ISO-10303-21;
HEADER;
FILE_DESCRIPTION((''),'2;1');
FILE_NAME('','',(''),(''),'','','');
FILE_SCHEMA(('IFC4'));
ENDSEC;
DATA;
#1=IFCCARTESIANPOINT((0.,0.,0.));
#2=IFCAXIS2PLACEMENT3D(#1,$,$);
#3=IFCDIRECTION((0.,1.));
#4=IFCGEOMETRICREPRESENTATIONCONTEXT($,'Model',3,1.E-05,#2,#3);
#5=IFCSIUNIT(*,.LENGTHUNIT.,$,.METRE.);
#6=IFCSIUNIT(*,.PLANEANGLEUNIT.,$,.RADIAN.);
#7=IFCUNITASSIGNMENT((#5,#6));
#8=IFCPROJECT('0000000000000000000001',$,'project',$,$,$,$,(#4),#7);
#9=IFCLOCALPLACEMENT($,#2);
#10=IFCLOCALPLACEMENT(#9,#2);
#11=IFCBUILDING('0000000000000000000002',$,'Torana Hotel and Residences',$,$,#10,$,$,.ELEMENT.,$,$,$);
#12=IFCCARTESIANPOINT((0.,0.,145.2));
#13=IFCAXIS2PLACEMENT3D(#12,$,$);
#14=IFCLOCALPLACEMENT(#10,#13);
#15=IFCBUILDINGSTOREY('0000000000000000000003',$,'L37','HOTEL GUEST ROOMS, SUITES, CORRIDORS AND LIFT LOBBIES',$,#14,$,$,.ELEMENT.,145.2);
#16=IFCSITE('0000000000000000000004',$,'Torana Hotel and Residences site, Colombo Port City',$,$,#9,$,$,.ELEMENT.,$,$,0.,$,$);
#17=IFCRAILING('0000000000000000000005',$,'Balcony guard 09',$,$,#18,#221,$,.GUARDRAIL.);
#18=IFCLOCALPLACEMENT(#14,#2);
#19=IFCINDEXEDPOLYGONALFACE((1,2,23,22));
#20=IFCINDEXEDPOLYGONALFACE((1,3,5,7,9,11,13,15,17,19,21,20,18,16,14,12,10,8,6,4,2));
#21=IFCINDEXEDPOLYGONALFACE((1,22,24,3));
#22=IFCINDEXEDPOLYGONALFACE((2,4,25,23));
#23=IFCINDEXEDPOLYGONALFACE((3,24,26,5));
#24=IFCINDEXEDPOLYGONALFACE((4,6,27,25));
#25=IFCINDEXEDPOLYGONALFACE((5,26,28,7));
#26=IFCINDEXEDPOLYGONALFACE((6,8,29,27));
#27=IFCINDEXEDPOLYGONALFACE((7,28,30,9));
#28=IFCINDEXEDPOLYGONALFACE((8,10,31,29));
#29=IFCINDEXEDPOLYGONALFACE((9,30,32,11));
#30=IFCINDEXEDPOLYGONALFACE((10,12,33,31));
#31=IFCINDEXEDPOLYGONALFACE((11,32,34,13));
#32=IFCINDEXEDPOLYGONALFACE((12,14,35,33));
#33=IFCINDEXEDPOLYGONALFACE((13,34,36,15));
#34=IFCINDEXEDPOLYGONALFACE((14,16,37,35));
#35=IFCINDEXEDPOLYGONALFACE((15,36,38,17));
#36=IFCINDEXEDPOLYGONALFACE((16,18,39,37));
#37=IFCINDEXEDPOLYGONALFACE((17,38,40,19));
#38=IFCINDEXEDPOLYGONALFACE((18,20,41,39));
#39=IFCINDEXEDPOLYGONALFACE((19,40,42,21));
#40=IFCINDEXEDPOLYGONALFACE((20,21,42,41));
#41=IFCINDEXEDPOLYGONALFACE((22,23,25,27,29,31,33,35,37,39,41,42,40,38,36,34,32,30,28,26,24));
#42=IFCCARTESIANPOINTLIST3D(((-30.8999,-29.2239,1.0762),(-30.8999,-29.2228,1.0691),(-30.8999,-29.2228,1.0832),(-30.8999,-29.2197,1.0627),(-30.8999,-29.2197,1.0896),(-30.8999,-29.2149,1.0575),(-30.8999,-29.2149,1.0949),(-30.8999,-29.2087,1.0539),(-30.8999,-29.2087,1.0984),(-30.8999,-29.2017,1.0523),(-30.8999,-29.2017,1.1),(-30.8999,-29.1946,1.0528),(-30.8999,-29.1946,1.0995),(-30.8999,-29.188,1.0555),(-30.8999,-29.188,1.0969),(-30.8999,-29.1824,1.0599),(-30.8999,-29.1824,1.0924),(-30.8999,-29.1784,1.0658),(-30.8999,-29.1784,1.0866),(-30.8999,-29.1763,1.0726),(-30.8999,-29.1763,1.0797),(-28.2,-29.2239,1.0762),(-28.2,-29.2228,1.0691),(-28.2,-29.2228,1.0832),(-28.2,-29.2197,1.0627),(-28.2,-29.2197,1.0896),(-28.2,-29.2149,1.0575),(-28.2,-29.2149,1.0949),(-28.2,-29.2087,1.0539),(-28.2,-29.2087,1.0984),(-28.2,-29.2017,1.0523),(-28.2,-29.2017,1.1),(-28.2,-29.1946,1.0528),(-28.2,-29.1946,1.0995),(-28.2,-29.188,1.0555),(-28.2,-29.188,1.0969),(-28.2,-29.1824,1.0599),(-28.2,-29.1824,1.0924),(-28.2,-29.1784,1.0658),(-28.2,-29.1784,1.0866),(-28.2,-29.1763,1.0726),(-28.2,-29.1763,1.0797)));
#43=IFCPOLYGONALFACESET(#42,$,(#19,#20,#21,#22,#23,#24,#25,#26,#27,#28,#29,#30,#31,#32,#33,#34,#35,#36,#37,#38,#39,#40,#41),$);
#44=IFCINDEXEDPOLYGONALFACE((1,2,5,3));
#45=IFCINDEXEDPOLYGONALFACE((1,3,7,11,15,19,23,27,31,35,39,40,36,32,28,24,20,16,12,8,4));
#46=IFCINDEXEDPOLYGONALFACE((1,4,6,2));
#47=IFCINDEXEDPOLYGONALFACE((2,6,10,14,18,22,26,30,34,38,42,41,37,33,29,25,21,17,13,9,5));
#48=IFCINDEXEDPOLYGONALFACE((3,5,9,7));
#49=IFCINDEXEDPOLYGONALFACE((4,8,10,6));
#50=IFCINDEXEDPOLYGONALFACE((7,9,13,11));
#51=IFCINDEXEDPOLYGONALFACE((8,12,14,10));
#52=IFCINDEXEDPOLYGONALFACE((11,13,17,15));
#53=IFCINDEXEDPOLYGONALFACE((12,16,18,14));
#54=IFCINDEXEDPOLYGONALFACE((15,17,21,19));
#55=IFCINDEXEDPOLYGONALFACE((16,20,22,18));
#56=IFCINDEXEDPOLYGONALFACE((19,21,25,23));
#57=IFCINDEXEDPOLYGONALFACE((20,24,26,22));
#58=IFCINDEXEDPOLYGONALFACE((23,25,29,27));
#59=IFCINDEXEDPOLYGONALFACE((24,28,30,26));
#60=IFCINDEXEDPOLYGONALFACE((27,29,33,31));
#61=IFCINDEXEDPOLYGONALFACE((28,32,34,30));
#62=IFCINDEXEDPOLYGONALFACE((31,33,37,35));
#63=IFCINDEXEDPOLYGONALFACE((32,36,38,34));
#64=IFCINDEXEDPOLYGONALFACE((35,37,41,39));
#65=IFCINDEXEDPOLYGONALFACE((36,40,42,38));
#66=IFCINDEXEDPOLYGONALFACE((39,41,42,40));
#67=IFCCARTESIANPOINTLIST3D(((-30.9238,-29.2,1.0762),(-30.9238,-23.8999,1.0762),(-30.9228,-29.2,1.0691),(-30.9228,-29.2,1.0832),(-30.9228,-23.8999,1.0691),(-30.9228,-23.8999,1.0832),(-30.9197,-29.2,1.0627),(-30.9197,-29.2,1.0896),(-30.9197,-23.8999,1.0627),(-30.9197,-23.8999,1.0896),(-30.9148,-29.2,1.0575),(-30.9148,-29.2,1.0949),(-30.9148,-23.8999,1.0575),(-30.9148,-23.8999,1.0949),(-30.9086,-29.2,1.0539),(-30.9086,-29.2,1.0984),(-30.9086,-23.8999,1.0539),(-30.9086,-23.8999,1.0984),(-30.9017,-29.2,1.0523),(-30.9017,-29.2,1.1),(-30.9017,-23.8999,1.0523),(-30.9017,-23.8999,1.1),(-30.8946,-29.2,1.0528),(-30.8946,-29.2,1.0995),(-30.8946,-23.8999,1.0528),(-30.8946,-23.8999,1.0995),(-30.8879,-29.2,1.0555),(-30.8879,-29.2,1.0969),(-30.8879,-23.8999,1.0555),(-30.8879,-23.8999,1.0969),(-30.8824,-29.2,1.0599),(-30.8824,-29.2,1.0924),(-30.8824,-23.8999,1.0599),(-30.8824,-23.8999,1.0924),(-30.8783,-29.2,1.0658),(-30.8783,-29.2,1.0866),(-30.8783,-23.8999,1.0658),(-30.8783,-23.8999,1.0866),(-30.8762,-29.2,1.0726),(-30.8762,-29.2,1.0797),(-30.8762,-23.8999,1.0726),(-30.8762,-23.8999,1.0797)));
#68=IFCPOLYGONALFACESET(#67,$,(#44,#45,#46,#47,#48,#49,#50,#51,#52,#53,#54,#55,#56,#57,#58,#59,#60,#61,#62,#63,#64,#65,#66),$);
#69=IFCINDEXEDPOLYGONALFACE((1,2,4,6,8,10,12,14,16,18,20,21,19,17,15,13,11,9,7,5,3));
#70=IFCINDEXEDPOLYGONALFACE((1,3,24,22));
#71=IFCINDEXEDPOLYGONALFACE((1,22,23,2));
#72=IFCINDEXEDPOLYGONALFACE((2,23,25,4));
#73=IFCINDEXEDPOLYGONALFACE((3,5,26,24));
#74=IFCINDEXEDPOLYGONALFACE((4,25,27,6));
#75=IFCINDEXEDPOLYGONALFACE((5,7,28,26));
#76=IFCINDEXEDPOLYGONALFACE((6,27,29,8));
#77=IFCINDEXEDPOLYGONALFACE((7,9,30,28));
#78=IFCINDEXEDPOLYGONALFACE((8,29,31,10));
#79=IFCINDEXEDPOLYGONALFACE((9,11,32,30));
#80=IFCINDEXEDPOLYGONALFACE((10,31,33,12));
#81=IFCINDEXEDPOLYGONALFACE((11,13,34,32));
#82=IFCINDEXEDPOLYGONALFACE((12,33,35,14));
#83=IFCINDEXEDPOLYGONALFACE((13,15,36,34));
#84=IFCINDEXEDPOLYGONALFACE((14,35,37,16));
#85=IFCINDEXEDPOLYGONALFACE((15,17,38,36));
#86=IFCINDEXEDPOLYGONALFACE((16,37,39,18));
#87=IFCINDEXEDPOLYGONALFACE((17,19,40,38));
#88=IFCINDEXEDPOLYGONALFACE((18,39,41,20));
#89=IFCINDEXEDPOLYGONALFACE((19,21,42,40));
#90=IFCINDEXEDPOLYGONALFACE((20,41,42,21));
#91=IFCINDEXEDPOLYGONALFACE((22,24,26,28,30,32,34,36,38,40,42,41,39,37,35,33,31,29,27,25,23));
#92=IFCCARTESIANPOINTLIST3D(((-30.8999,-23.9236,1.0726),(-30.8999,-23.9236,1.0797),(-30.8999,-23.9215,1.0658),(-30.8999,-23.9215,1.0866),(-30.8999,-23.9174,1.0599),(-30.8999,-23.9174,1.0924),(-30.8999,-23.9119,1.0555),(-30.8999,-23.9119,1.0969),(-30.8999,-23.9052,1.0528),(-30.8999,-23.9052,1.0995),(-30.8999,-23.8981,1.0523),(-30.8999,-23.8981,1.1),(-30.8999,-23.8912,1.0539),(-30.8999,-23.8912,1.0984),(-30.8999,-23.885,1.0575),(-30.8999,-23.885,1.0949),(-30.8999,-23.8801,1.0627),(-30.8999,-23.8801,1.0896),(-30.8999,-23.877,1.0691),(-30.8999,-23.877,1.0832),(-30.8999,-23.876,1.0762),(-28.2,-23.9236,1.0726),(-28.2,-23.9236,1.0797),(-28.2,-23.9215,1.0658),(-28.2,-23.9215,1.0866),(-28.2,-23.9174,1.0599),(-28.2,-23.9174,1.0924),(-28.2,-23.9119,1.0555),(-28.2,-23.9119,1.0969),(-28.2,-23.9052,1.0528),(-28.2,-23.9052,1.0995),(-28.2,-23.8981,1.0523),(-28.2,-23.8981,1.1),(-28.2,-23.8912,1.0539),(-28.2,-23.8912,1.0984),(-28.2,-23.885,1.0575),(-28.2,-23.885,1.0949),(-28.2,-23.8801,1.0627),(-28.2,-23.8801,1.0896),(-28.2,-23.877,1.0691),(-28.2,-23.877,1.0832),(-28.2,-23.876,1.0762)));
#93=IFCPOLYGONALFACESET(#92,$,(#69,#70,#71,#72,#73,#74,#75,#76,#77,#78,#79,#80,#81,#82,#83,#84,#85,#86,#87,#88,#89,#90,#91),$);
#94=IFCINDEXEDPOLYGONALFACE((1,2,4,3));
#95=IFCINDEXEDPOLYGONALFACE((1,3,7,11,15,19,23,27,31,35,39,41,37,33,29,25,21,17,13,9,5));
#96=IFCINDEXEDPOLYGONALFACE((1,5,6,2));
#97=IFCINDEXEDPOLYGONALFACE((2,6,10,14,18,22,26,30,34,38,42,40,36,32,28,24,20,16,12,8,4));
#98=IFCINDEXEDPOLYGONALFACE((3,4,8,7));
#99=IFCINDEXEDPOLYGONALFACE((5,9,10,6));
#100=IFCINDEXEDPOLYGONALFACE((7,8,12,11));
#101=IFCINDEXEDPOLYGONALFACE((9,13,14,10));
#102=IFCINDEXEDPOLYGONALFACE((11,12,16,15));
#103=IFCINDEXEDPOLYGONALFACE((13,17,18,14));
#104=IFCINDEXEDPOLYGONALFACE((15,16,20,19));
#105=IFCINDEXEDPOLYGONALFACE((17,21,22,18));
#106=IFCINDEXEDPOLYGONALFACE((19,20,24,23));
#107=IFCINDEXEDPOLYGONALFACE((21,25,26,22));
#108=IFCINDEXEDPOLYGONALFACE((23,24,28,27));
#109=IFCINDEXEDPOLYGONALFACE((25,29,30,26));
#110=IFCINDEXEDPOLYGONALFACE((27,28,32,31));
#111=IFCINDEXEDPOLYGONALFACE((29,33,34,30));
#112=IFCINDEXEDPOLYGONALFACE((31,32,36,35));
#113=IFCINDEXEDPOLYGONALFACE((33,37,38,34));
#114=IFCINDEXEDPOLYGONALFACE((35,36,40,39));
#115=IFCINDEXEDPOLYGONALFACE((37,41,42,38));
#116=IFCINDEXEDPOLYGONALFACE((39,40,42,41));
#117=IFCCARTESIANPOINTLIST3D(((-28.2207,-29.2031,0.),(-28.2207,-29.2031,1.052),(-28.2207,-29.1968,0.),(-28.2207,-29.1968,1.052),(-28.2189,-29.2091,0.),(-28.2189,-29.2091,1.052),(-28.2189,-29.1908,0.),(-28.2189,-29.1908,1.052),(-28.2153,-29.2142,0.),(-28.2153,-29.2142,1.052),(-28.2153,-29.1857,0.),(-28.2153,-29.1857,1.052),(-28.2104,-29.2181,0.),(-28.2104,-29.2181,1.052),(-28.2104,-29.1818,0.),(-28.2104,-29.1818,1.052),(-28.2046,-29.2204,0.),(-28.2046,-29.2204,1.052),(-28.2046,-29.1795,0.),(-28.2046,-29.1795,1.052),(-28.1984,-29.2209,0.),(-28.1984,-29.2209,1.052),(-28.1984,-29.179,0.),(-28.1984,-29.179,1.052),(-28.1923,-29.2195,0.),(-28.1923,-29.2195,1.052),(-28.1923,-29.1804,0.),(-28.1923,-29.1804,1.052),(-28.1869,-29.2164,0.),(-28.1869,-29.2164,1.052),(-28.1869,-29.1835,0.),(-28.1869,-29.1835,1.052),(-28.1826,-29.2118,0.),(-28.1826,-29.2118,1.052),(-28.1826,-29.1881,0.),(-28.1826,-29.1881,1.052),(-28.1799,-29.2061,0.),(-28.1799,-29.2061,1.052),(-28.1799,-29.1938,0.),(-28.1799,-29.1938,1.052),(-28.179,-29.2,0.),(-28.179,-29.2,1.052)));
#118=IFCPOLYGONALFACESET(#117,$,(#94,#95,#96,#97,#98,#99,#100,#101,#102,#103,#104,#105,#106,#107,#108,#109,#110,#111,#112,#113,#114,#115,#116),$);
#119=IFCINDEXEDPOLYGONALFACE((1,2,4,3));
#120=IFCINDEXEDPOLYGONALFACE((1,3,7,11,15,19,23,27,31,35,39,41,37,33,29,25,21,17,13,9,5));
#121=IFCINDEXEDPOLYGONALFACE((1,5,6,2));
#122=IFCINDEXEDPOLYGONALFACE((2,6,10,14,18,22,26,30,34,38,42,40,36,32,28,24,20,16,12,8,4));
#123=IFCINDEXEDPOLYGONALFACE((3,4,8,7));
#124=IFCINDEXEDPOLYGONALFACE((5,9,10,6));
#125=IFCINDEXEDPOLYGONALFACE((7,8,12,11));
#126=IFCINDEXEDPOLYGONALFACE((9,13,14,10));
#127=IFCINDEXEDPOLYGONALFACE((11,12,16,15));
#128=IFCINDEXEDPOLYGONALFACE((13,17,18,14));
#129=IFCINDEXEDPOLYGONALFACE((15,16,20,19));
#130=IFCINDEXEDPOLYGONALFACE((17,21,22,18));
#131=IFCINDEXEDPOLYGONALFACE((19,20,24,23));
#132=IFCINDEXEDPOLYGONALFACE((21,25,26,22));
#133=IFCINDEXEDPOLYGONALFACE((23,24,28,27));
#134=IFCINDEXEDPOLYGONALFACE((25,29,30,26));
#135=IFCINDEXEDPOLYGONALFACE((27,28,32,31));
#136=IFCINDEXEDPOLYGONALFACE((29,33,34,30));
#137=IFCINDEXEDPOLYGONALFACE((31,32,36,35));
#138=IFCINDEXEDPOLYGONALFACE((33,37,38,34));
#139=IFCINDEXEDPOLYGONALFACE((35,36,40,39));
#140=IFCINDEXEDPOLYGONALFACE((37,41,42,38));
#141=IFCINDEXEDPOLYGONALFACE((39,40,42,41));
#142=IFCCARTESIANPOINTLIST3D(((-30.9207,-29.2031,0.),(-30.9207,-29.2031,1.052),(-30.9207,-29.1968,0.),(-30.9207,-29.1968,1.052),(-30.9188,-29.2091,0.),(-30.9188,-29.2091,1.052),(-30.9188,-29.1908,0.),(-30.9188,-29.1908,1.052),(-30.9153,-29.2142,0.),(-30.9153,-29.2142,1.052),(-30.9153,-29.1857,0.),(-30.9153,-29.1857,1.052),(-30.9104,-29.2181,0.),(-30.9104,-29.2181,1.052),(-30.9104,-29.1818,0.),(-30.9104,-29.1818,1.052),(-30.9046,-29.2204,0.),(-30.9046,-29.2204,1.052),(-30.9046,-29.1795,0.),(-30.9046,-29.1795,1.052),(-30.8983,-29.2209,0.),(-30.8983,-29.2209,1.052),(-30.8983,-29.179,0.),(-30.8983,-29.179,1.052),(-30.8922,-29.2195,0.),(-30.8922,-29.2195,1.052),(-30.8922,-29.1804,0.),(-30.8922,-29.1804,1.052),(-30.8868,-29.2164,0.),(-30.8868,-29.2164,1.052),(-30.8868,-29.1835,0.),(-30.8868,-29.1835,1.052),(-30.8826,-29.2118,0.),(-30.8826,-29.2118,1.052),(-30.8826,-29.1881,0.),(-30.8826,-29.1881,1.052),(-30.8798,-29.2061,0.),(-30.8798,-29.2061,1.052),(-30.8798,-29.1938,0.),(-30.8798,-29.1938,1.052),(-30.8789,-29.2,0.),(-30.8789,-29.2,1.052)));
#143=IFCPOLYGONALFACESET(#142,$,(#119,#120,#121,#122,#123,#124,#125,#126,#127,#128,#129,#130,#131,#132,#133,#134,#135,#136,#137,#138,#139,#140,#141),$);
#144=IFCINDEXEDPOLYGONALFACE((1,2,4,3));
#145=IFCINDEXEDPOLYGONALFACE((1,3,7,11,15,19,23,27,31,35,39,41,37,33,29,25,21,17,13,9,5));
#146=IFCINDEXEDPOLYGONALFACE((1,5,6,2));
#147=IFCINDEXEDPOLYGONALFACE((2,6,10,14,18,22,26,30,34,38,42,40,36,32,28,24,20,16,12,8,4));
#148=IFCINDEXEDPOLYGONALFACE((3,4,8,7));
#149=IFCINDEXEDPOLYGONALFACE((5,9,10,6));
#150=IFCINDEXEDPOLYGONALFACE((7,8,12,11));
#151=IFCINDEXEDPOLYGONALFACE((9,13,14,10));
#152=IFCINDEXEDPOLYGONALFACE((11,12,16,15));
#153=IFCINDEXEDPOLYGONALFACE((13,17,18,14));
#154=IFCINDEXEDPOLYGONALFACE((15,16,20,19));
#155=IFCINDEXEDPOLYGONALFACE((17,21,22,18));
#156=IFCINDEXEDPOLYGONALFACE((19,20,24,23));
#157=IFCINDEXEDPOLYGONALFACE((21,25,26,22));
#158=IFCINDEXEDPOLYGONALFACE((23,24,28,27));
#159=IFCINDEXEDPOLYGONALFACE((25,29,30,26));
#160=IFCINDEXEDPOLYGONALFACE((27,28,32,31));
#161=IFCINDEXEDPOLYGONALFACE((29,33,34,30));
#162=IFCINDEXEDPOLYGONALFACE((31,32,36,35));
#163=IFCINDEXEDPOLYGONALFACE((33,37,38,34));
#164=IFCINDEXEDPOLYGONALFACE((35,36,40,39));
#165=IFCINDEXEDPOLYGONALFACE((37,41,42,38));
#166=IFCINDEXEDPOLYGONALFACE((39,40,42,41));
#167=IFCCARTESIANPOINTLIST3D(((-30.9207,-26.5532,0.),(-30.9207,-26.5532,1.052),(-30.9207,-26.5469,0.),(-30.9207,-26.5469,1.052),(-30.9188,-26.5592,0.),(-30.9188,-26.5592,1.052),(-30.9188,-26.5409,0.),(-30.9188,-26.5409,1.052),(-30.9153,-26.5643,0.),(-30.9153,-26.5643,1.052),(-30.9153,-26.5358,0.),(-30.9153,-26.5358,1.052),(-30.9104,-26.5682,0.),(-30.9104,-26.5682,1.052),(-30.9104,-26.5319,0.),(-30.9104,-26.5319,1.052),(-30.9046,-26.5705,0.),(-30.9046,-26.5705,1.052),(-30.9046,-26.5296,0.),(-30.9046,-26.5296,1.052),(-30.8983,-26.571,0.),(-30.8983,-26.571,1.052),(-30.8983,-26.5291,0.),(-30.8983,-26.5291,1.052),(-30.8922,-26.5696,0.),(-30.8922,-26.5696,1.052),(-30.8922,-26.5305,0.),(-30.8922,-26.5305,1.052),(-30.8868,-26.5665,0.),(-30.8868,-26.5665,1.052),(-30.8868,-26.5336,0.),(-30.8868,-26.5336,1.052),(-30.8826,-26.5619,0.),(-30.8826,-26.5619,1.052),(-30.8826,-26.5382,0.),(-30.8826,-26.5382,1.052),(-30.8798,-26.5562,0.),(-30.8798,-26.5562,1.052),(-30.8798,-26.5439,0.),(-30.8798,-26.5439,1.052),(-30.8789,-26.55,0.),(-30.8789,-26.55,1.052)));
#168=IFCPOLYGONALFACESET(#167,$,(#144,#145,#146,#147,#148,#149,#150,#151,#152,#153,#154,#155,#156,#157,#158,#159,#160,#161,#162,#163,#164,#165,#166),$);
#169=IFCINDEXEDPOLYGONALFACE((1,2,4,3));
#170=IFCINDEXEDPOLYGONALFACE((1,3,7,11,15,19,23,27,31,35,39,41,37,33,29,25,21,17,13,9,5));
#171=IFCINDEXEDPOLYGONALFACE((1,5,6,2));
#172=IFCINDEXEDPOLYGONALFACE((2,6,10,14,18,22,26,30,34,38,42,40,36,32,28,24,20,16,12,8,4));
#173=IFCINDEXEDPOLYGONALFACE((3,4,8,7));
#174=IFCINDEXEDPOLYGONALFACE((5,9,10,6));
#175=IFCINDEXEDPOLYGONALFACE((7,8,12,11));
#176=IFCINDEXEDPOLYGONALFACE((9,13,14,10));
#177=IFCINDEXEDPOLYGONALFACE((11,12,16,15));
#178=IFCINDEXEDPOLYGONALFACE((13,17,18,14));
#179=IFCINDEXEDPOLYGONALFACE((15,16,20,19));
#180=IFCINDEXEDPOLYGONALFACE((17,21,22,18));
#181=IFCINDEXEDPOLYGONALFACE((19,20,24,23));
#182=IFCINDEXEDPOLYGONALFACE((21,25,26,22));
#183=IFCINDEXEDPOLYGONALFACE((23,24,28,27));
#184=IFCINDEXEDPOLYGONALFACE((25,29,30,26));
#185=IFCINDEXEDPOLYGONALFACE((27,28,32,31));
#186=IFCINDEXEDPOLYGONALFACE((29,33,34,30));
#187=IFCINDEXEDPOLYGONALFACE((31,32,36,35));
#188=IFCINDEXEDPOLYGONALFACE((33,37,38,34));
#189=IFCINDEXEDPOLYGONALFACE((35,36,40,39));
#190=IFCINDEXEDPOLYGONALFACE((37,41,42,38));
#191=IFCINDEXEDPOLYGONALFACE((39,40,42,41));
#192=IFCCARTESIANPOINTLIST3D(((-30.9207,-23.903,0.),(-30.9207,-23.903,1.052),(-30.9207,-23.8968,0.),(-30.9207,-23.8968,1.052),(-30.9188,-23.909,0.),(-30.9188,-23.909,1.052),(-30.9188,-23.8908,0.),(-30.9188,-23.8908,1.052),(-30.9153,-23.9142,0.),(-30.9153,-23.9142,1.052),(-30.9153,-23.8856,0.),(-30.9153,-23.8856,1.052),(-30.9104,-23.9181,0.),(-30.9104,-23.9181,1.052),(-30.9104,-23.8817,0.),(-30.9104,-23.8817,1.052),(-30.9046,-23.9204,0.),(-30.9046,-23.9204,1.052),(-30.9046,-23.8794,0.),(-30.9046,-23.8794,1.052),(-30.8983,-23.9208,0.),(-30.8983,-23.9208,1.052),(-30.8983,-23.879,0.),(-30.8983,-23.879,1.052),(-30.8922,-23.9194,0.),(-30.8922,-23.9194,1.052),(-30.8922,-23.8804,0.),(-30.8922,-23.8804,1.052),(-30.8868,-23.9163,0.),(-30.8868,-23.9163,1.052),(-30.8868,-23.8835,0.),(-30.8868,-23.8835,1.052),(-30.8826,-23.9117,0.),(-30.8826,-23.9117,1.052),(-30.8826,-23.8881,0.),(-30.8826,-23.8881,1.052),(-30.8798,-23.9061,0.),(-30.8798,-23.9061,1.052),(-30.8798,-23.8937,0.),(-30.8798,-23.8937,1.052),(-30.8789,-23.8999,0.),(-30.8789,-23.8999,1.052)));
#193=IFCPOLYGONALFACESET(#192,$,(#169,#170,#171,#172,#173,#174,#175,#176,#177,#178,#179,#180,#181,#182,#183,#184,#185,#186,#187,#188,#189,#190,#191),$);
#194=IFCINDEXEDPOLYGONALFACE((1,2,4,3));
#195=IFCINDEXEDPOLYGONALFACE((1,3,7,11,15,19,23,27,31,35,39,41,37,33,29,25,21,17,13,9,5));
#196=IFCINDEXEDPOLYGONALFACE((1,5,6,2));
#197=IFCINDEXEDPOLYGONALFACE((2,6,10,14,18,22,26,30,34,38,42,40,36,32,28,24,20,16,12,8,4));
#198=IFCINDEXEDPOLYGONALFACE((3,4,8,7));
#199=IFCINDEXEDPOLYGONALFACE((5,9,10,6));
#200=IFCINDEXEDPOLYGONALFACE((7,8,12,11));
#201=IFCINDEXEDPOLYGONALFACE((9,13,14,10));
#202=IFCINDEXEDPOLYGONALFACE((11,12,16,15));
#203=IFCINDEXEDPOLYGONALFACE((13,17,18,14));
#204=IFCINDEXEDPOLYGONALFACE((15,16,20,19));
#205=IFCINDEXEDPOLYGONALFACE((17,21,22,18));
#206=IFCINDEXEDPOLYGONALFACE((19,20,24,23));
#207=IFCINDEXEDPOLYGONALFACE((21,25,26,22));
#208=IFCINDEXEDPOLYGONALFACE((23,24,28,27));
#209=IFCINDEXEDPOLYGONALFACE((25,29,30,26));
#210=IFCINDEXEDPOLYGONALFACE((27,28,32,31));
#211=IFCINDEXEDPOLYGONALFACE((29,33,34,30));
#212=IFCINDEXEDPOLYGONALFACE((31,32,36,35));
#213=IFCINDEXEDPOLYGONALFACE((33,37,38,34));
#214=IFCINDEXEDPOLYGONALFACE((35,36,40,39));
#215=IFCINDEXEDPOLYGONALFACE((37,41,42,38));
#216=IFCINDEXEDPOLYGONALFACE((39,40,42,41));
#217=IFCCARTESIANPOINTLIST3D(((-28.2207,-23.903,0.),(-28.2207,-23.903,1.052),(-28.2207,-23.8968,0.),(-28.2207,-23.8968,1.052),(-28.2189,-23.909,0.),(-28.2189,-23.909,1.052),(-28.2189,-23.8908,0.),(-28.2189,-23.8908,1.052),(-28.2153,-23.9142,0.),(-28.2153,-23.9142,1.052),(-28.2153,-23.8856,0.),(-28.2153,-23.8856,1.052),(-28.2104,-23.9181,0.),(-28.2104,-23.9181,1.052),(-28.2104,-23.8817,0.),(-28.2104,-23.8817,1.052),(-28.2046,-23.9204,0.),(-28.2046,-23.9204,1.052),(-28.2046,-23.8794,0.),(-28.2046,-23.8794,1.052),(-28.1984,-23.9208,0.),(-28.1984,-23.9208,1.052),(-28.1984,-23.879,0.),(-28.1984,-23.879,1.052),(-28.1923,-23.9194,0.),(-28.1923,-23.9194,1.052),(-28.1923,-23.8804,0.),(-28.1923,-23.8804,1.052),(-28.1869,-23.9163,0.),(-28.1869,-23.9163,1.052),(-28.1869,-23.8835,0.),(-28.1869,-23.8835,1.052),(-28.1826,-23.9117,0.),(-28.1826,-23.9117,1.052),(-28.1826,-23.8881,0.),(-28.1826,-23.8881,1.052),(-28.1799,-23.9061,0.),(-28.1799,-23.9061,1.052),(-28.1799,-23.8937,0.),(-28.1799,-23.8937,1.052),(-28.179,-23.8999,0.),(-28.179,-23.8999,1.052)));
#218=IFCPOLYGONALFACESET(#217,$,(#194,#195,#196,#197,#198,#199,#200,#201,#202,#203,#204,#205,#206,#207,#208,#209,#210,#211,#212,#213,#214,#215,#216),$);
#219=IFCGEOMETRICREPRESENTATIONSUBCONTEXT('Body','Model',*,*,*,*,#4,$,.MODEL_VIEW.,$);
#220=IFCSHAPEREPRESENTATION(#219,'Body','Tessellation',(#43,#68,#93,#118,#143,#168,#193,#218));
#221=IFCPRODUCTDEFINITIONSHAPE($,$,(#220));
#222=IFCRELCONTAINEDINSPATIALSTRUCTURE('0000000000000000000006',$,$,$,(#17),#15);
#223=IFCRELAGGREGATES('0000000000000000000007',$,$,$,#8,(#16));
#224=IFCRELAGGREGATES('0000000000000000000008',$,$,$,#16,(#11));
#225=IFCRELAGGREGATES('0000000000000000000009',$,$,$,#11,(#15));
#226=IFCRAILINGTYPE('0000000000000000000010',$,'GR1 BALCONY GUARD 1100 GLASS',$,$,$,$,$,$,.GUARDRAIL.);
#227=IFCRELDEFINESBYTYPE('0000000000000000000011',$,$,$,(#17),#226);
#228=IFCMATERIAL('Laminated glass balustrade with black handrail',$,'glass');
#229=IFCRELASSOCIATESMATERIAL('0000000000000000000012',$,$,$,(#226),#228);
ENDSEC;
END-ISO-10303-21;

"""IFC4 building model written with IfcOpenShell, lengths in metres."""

from ifc_helpers import new_model, si_unit, direction, frame, origin, origin_2d, place, context, subcontext, project, spatial, circle, extrude, material, type_object, element, save


model = new_model("IFC4")

# Units and contexts
model_context = context("Model", 3, precision=1e-05, world=origin(), true_north=direction((0.0, 1.0)))
body_context = subcontext(model_context, "Body", "Model", "MODEL_VIEW")
ifc_project = project(units=[si_unit("LENGTHUNIT", "METRE"), si_unit("PLANEANGLEUNIT", "RADIAN")], contexts=[model_context])

# Site, building, storey
site_placement = place(None, origin())
site = spatial("IfcSite", under=ifc_project, at=site_placement, Name="Torana Hotel and Residences site, Colombo Port City", CompositionType="ELEMENT", RefElevation=0.0)
building_placement = place(site_placement, origin())
building = spatial("IfcBuilding", under=site, at=building_placement, Name="Torana Hotel and Residences", CompositionType="ELEMENT")
storey_placement = place(building_placement, frame((0.0, 0.0, 145.2)))
storey = spatial("IfcBuildingStorey", under=building, at=storey_placement, Name="L37", Description="HOTEL GUEST ROOMS, SUITES, CORRIDORS AND LIFT LOBBIES", CompositionType="ELEMENT", Elevation=145.2)

# Railing
ifc_material_1 = material(Name="Laminated glass balustrade with black handrail", Category="glass")
railing_type = type_object("IfcRailingType", Name="GR1 BALCONY GUARD 1100 GLASS", PredefinedType="GUARDRAIL", material=ifc_material_1)
railing_placement = place(storey_placement, frame((-28.2, -29.2, 0.0)))
element("IfcRailing", 1, at=railing_placement, inside=storey, type_object=railing_type, Name="Balcony guard 09", PredefinedType="GUARDRAIL", context=body_context, shape_type="SweptSolid", body=[
    extrude(circle(Radius=0.0239, at=origin_2d()), frame((0.0, 0.0, 1.0762), z_axis=(-1.0, 0.0, 0.0), x_axis=(0.0, -1.0, 0.0)), (0.0, 0.0, 1.0), 2.7),
    extrude(circle(Radius=0.0239, at=origin_2d()), frame((-2.7, 0.0, 1.0762), z_axis=(0.0, 1.0, 0.0), x_axis=(-1.0, 0.0, 0.0)), (0.0, 0.0, 1.0), 5.3),
    extrude(circle(Radius=0.0239, at=origin_2d()), frame((-2.7, 5.3, 1.0762), z_axis=(1.0, 0.0, 0.0), x_axis=(0.0, 1.0, 0.0)), (0.0, 0.0, 1.0), 2.7),
    extrude(circle(Radius=0.021, at=origin_2d()), origin(), (0.0, 0.0, 1.0), 1.052),
    extrude(circle(Radius=0.021, at=origin_2d()), frame((-2.7, 0.0, 0.0)), (0.0, 0.0, 1.0), 1.052),
    extrude(circle(Radius=0.021, at=origin_2d()), frame((-2.7, 2.6499, 0.0)), (0.0, 0.0, 1.0), 1.052),
    extrude(circle(Radius=0.021, at=origin_2d()), frame((-2.7, 5.3, 0.0)), (0.0, 0.0, 1.0), 1.052),
    extrude(circle(Radius=0.021, at=origin_2d()), frame((0.0, 5.3, 0.0)), (0.0, 0.0, 1.0), 1.052),
])

save(model, "model.ifc")
